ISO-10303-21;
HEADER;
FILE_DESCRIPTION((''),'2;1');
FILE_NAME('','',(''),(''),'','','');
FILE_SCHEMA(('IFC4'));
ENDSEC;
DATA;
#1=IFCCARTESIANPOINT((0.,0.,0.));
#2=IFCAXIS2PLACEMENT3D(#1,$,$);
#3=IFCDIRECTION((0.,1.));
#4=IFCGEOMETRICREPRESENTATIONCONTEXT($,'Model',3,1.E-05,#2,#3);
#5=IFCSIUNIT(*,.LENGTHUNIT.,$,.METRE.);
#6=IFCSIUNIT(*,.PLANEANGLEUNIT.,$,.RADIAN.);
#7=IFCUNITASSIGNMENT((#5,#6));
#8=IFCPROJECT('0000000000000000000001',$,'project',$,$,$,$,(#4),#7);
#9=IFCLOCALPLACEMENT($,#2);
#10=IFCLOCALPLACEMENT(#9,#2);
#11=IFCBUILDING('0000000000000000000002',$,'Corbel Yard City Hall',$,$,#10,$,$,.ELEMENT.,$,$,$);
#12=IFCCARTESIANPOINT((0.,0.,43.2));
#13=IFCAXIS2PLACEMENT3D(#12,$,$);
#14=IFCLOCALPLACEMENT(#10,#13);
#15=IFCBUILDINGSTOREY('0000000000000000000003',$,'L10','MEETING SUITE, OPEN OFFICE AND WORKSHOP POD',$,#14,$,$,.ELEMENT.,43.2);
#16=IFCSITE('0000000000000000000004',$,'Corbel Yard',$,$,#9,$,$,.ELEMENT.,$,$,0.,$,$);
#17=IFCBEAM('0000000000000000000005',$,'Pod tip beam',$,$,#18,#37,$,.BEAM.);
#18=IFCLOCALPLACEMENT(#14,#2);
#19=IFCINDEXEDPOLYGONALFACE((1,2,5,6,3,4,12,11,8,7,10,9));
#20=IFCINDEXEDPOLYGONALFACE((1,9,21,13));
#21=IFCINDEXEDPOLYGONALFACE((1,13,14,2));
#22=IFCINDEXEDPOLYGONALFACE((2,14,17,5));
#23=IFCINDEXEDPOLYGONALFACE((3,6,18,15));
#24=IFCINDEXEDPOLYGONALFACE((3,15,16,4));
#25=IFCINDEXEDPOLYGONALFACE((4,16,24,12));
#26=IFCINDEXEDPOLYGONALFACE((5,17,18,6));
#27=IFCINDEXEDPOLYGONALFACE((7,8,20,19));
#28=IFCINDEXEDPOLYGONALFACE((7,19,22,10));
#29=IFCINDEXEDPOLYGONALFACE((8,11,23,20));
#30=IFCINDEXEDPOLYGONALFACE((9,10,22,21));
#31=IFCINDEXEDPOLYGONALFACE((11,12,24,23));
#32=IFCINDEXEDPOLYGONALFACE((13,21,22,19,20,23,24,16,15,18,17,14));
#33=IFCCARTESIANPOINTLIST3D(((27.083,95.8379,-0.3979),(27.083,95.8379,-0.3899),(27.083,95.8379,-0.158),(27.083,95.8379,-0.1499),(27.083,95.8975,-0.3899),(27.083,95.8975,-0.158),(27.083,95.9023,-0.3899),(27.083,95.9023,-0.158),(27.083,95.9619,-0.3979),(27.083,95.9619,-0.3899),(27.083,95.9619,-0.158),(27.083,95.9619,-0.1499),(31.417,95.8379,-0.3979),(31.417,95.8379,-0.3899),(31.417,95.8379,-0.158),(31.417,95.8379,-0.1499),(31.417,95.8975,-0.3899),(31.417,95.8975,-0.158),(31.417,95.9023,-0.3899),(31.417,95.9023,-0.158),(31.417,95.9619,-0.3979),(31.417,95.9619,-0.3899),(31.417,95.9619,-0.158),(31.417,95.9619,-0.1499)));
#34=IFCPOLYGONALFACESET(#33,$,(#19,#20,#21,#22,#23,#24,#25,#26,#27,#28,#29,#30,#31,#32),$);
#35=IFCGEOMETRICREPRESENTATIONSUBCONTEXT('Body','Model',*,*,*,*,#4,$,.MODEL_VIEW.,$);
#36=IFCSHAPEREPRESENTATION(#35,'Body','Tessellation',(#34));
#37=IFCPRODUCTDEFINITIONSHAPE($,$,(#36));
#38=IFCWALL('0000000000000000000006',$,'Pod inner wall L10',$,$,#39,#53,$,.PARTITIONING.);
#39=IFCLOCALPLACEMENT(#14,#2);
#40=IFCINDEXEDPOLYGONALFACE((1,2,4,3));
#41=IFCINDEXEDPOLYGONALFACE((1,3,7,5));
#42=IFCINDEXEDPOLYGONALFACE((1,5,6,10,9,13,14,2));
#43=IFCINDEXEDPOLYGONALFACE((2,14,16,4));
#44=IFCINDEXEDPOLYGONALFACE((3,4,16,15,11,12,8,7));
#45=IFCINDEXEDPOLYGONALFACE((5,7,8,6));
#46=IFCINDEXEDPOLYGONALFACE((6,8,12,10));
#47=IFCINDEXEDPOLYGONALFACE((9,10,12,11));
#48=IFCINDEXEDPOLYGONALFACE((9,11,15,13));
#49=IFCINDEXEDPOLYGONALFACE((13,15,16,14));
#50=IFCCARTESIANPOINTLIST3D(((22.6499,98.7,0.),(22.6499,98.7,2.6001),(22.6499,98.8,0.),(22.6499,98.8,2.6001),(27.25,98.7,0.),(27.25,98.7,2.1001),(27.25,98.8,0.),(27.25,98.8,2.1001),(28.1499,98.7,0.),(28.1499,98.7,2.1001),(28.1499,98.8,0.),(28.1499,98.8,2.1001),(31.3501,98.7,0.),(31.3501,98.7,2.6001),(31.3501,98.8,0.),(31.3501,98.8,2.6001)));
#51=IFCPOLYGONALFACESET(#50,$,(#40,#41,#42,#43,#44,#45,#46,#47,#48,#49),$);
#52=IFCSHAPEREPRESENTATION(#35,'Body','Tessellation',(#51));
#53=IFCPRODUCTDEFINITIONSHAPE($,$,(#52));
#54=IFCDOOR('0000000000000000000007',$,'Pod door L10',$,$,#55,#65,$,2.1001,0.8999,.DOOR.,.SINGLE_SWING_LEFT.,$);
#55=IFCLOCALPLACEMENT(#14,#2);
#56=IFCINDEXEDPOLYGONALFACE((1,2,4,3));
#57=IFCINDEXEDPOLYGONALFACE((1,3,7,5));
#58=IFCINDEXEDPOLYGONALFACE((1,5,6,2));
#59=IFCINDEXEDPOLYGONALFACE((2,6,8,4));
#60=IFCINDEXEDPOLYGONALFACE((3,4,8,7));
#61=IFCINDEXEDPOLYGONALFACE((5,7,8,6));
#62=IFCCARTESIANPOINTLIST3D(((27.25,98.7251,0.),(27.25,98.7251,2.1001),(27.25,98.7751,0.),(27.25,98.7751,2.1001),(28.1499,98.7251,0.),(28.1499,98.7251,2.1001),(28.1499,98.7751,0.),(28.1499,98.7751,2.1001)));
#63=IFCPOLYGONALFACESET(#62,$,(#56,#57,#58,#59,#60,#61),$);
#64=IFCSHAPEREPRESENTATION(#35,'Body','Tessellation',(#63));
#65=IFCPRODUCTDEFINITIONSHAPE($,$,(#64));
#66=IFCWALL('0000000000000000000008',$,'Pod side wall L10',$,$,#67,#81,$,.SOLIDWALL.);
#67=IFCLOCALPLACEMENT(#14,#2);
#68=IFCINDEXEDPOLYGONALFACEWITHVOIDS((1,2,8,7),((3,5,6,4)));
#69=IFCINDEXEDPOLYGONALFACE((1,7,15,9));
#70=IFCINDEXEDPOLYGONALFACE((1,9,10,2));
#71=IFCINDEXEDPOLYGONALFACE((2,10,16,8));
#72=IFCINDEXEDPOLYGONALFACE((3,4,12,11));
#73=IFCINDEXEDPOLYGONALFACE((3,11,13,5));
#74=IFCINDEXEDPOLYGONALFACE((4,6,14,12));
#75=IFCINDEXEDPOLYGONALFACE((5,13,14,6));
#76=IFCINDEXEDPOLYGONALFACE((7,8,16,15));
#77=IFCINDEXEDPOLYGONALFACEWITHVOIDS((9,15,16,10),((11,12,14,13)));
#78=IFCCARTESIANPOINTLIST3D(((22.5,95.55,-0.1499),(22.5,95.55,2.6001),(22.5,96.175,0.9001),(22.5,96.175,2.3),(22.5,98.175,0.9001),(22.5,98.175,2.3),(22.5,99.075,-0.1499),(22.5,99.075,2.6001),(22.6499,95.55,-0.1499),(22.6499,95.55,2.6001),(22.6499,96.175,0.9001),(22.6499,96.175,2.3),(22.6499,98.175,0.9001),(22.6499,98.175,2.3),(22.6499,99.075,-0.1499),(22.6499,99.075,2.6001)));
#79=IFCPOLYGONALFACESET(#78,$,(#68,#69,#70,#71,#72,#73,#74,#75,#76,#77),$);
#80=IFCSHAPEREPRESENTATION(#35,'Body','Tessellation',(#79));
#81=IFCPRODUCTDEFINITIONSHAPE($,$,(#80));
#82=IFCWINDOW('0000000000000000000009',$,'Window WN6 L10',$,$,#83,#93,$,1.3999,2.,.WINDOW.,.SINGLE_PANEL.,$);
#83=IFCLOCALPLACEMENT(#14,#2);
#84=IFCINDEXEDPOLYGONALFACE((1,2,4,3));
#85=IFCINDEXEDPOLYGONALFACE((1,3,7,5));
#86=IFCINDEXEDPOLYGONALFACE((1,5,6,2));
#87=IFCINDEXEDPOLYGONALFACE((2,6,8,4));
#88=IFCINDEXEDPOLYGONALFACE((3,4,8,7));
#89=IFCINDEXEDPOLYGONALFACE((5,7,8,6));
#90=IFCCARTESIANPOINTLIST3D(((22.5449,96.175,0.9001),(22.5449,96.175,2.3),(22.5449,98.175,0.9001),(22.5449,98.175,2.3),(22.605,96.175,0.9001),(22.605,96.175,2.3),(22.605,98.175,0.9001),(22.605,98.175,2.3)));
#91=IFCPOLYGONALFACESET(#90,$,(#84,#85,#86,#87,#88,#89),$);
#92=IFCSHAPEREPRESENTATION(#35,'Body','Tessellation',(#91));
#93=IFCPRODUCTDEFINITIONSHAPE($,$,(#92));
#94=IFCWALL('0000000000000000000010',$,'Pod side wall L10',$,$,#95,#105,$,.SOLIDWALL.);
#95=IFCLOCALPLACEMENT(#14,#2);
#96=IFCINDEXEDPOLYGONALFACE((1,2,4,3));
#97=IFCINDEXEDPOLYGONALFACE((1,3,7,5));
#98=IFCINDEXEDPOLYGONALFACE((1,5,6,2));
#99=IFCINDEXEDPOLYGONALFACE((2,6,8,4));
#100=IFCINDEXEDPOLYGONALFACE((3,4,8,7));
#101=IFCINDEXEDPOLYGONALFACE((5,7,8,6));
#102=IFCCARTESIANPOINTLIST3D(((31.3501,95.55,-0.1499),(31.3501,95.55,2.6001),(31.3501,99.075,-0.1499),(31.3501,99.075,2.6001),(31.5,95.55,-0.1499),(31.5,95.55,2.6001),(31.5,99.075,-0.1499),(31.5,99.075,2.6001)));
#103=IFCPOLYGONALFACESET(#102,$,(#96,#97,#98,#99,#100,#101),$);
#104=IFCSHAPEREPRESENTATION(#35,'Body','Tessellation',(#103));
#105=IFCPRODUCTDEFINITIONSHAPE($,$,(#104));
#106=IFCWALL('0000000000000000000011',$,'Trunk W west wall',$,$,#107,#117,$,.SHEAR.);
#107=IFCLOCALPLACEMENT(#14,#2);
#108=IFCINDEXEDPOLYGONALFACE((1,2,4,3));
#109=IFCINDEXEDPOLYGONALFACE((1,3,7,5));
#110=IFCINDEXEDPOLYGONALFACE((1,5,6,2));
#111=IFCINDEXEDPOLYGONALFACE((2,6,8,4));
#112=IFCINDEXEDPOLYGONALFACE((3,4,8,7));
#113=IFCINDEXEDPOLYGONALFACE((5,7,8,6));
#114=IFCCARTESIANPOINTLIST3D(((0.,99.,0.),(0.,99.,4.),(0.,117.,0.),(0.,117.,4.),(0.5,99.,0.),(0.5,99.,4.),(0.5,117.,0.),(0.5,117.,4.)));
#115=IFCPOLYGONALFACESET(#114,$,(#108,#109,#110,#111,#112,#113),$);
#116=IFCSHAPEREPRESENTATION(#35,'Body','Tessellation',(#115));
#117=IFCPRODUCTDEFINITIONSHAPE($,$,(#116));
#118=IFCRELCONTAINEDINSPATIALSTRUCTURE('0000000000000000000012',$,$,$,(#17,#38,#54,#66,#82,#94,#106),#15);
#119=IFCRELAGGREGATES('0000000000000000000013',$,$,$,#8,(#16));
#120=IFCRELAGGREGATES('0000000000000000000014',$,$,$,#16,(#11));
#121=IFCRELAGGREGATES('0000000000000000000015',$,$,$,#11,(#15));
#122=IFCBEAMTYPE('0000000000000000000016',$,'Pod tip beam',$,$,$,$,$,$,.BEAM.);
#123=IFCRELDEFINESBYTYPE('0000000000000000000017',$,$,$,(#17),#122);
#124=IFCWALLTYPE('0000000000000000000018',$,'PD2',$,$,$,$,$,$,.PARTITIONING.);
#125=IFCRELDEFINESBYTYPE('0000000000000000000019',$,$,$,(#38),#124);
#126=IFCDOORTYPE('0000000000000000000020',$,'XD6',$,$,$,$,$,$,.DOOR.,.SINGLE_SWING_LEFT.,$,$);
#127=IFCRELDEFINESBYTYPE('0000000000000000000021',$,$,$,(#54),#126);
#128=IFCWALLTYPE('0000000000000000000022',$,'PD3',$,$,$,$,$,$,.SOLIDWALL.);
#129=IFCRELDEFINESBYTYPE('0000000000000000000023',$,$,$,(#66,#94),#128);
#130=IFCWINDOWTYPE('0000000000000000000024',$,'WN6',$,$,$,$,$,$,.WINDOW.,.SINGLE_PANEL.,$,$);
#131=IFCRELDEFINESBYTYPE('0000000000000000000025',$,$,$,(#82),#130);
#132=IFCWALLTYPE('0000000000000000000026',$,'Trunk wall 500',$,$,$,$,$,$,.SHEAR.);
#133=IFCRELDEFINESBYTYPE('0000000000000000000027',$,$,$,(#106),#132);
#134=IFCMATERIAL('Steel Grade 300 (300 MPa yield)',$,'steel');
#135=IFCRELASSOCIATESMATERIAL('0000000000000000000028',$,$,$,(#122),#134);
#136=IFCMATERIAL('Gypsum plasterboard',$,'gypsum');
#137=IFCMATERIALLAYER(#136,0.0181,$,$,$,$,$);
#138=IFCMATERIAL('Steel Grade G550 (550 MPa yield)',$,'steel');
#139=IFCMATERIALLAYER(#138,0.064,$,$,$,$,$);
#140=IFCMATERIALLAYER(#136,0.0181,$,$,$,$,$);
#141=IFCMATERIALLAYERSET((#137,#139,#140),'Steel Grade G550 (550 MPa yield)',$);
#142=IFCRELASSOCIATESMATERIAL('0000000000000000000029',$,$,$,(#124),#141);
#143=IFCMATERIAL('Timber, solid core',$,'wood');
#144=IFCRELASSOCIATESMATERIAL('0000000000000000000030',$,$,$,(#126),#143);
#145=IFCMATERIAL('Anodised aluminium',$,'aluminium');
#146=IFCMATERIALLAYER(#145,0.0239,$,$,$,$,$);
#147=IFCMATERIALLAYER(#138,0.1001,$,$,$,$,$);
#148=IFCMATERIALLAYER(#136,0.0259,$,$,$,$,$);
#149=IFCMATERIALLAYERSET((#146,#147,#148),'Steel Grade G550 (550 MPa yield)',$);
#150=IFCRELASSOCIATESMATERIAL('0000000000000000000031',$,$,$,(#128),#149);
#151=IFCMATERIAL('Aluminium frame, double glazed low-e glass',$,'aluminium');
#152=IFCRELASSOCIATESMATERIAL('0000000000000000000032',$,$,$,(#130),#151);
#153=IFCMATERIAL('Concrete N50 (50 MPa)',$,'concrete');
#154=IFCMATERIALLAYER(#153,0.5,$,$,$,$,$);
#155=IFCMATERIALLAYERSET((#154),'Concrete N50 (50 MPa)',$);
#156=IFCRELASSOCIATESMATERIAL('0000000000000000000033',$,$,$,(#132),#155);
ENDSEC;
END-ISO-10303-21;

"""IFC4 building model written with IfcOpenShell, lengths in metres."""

from ifc_helpers import new_model, si_unit, direction, frame, frame_2d, origin, origin_2d, place, context, subcontext, project, spatial, rectangle, i_section, extrude, material, layer, layer_set, material_profile, profile_set, type_object, element, fill, save


model = new_model("IFC4")

# Units and contexts
model_context = context("Model", 3, precision=1e-05, world=origin(), true_north=direction((0.0, 1.0)))
body_context = subcontext(model_context, "Body", "Model", "MODEL_VIEW")
ifc_project = project(units=[si_unit("LENGTHUNIT", "METRE"), si_unit("PLANEANGLEUNIT", "RADIAN")], contexts=[model_context])

# Site, building, storey
site_placement = place(None, origin())
site = spatial("IfcSite", under=ifc_project, at=site_placement, Name="Corbel Yard", CompositionType="ELEMENT", RefElevation=0.0)
building_placement = place(site_placement, origin())
building = spatial("IfcBuilding", under=site, at=building_placement, Name="Corbel Yard City Hall", CompositionType="ELEMENT")
storey_placement = place(building_placement, frame((0.0, 0.0, 43.2)))
storey = spatial("IfcBuildingStorey", under=building, at=storey_placement, Name="L10", Description="MEETING SUITE, OPEN OFFICE AND WORKSHOP POD", CompositionType="ELEMENT", Elevation=43.2)

# Beam
ifc_material_1 = material(Name="Steel Grade 300 (300 MPa yield)", Category="steel")
ifc_material_profile_1 = material_profile(ifc_material_1, i_section(OverallWidth=0.124, OverallDepth=0.248, WebThickness=0.0049, FlangeThickness=0.0081, at=origin_2d()), Name="250UB25.7")
ifc_profile_set_1 = profile_set([ifc_material_profile_1], Name="Steel Grade 300 (300 MPa yield)")
beam_type_1 = type_object("IfcBeamType", Name="Pod tip beam", PredefinedType="BEAM", material=ifc_profile_set_1)
for number, where, z_axis, x_axis, name in (
    (1, (27.083, 95.8999, -0.2739), (1.0, 0.0, 0.0), (0.0, 1.0, 0.0), "Pod tip beam"),
):
    element("IfcBeam", number, at=place(storey_placement, frame(where, z_axis=z_axis, x_axis=x_axis)), inside=storey, type_object=beam_type_1, Name=name, PredefinedType="BEAM", context=body_context, shape_type="SweptSolid", body=[
        extrude(i_section(OverallWidth=0.124, OverallDepth=0.248, WebThickness=0.0049, FlangeThickness=0.0081, at=origin_2d()), origin(), (0.0, 0.0, 1.0), 4.334),
    ])

# Wall, opening, door
ifc_material_2 = material(Name="Gypsum plasterboard", Category="gypsum")
ifc_layer_1 = layer(ifc_material_2, 0.0181)
ifc_material_3 = material(Name="Steel Grade G550 (550 MPa yield)", Category="steel")
ifc_layer_2 = layer(ifc_material_3, 0.064)
ifc_layer_3 = layer(ifc_material_2, 0.0181)
ifc_layer_set_1 = layer_set([ifc_layer_1, ifc_layer_2, ifc_layer_3], Name="Steel Grade G550 (550 MPa yield)")
wall_type_1 = type_object("IfcWallType", Name="PD2", PredefinedType="PARTITIONING", material=ifc_layer_set_1)
wall_1_placement = place(storey_placement, frame((22.6499, 98.75, 0.0), z_axis=(0.0, 0.0, 1.0), x_axis=(1.0, 0.0, 0.0)))
wall_1 = element("IfcWall", 2, at=wall_1_placement, inside=storey, type_object=wall_type_1, Name="Pod inner wall L10", PredefinedType="PARTITIONING", context=body_context, shape_type="SweptSolid", body=[
    extrude(rectangle(XDim=8.7002, YDim=0.1001, at=frame_2d((4.3501, 0.0))), origin(), (0.0, 0.0, 1.0), 2.6001),
])
opening_1_placement = place(wall_1_placement, frame((4.6001, 0.0, 0.0)))
opening_1 = element("IfcOpeningElement", 3, at=opening_1_placement, cuts=wall_1, PredefinedType="OPENING", context=body_context, shape_type="SweptSolid", body=[
    extrude(rectangle(XDim=0.8999, YDim=2.1001, at=frame_2d((0.45, 1.05))), frame((0.0, 0.0601, 0.0), z_axis=(0.0, -1.0, 0.0), x_axis=(1.0, 0.0, 0.0)), (0.0, 0.0, 1.0), 0.1201),
])
ifc_material_4 = material(Name="Timber, solid core", Category="wood")
door_type_1 = type_object("IfcDoorType", Name="XD6", OperationType="SINGLE_SWING_LEFT", PredefinedType="DOOR", material=ifc_material_4)
door_1_placement = place(opening_1_placement, frame((0.8999, 0.0, 0.0), z_axis=(0.0, 0.0, 1.0), x_axis=(-1.0, 0.0, 0.0)))
door_1 = element("IfcDoor", 4, at=door_1_placement, inside=storey, type_object=door_type_1, Name="Pod door L10", OperationType="SINGLE_SWING_LEFT", OverallHeight=2.1001, OverallWidth=0.8999, PredefinedType="DOOR", context=body_context, shape_type="SweptSolid", body=[
    extrude(rectangle(XDim=0.8999, YDim=2.1001, at=frame_2d((0.45, 1.05))), frame((0.0, 0.0249, 0.0), z_axis=(0.0, -1.0, 0.0), x_axis=(1.0, 0.0, 0.0)), (0.0, 0.0, 1.0), 0.05),
])
fill(opening_1, door_1)

# Wall, opening, window
ifc_material_5 = material(Name="Anodised aluminium", Category="aluminium")
ifc_layer_4 = layer(ifc_material_5, 0.0239)
ifc_layer_5 = layer(ifc_material_3, 0.1001)
ifc_layer_6 = layer(ifc_material_2, 0.0259)
ifc_layer_set_2 = layer_set([ifc_layer_4, ifc_layer_5, ifc_layer_6], Name="Steel Grade G550 (550 MPa yield)")
wall_type_2 = type_object("IfcWallType", Name="PD3", PredefinedType="SOLIDWALL", material=ifc_layer_set_2)
wall_2_placement = place(storey_placement, frame((22.575, 95.55, -0.1499), z_axis=(0.0, 0.0, 1.0), x_axis=(0.0, 1.0, 0.0)))
wall_2 = element("IfcWall", 5, at=wall_2_placement, inside=storey, type_object=wall_type_2, Name="Pod side wall L10", PredefinedType="SOLIDWALL", context=body_context, shape_type="SweptSolid", body=[
    extrude(rectangle(XDim=3.5249, YDim=0.1499, at=frame_2d((1.7625, 0.0))), origin(), (0.0, 0.0, 1.0), 2.75),
])
opening_2_placement = place(wall_2_placement, frame((0.625, 0.0, 1.05)))
opening_2 = element("IfcOpeningElement", 6, at=opening_2_placement, cuts=wall_2, PredefinedType="OPENING", context=body_context, shape_type="SweptSolid", body=[
    extrude(rectangle(XDim=2.0, YDim=1.3999, at=frame_2d((1.0, 0.7))), frame((0.0, 0.085, 0.0), z_axis=(0.0, -1.0, 0.0), x_axis=(1.0, 0.0, 0.0)), (0.0, 0.0, 1.0), 0.1699),
])
ifc_material_6 = material(Name="Aluminium frame, double glazed low-e glass", Category="aluminium")
window_type = type_object("IfcWindowType", Name="WN6", PartitioningType="SINGLE_PANEL", PredefinedType="WINDOW", material=ifc_material_6)
window_placement = place(opening_2_placement, origin())
window = element("IfcWindow", 7, at=window_placement, inside=storey, type_object=window_type, Name="Window WN6 L10", OverallHeight=1.3999, OverallWidth=2.0, PartitioningType="SINGLE_PANEL", PredefinedType="WINDOW", context=body_context, shape_type="SweptSolid", body=[
    extrude(rectangle(XDim=2.0, YDim=1.3999, at=frame_2d((1.0, 0.7))), frame((0.0, 0.03, 0.0), z_axis=(0.0, -1.0, 0.0), x_axis=(1.0, 0.0, 0.0)), (0.0, 0.0, 1.0), 0.0601),
])
fill(opening_2, window)

# Walls
wall_3_placement = place(storey_placement, frame((31.425, 95.55, -0.1499), z_axis=(0.0, 0.0, 1.0), x_axis=(0.0, 1.0, 0.0)))
element("IfcWall", 8, at=wall_3_placement, inside=storey, type_object=wall_type_2, Name="Pod side wall L10", PredefinedType="SOLIDWALL", context=body_context, shape_type="SweptSolid", body=[
    extrude(rectangle(XDim=3.5249, YDim=0.1499, at=frame_2d((1.7625, 0.0))), origin(), (0.0, 0.0, 1.0), 2.75),
])
ifc_material_7 = material(Name="Concrete N50 (50 MPa)", Category="concrete")
ifc_layer_7 = layer(ifc_material_7, 0.5)
ifc_layer_set_3 = layer_set([ifc_layer_7], Name="Concrete N50 (50 MPa)")
wall_type_3 = type_object("IfcWallType", Name="Trunk wall 500", PredefinedType="SHEAR", material=ifc_layer_set_3)
wall_4_placement = place(storey_placement, frame((0.25, 99.0, 0.0), z_axis=(0.0, 0.0, 1.0), x_axis=(0.0, 1.0, 0.0)))
element("IfcWall", 9, at=wall_4_placement, inside=storey, type_object=wall_type_3, Name="Trunk W west wall", PredefinedType="SHEAR", context=body_context, shape_type="SweptSolid", body=[
    extrude(rectangle(XDim=18.0, YDim=0.5, at=frame_2d((9.0, 0.0))), origin(), (0.0, 0.0, 1.0), 4.0),
])

save(model, "model.ifc")
